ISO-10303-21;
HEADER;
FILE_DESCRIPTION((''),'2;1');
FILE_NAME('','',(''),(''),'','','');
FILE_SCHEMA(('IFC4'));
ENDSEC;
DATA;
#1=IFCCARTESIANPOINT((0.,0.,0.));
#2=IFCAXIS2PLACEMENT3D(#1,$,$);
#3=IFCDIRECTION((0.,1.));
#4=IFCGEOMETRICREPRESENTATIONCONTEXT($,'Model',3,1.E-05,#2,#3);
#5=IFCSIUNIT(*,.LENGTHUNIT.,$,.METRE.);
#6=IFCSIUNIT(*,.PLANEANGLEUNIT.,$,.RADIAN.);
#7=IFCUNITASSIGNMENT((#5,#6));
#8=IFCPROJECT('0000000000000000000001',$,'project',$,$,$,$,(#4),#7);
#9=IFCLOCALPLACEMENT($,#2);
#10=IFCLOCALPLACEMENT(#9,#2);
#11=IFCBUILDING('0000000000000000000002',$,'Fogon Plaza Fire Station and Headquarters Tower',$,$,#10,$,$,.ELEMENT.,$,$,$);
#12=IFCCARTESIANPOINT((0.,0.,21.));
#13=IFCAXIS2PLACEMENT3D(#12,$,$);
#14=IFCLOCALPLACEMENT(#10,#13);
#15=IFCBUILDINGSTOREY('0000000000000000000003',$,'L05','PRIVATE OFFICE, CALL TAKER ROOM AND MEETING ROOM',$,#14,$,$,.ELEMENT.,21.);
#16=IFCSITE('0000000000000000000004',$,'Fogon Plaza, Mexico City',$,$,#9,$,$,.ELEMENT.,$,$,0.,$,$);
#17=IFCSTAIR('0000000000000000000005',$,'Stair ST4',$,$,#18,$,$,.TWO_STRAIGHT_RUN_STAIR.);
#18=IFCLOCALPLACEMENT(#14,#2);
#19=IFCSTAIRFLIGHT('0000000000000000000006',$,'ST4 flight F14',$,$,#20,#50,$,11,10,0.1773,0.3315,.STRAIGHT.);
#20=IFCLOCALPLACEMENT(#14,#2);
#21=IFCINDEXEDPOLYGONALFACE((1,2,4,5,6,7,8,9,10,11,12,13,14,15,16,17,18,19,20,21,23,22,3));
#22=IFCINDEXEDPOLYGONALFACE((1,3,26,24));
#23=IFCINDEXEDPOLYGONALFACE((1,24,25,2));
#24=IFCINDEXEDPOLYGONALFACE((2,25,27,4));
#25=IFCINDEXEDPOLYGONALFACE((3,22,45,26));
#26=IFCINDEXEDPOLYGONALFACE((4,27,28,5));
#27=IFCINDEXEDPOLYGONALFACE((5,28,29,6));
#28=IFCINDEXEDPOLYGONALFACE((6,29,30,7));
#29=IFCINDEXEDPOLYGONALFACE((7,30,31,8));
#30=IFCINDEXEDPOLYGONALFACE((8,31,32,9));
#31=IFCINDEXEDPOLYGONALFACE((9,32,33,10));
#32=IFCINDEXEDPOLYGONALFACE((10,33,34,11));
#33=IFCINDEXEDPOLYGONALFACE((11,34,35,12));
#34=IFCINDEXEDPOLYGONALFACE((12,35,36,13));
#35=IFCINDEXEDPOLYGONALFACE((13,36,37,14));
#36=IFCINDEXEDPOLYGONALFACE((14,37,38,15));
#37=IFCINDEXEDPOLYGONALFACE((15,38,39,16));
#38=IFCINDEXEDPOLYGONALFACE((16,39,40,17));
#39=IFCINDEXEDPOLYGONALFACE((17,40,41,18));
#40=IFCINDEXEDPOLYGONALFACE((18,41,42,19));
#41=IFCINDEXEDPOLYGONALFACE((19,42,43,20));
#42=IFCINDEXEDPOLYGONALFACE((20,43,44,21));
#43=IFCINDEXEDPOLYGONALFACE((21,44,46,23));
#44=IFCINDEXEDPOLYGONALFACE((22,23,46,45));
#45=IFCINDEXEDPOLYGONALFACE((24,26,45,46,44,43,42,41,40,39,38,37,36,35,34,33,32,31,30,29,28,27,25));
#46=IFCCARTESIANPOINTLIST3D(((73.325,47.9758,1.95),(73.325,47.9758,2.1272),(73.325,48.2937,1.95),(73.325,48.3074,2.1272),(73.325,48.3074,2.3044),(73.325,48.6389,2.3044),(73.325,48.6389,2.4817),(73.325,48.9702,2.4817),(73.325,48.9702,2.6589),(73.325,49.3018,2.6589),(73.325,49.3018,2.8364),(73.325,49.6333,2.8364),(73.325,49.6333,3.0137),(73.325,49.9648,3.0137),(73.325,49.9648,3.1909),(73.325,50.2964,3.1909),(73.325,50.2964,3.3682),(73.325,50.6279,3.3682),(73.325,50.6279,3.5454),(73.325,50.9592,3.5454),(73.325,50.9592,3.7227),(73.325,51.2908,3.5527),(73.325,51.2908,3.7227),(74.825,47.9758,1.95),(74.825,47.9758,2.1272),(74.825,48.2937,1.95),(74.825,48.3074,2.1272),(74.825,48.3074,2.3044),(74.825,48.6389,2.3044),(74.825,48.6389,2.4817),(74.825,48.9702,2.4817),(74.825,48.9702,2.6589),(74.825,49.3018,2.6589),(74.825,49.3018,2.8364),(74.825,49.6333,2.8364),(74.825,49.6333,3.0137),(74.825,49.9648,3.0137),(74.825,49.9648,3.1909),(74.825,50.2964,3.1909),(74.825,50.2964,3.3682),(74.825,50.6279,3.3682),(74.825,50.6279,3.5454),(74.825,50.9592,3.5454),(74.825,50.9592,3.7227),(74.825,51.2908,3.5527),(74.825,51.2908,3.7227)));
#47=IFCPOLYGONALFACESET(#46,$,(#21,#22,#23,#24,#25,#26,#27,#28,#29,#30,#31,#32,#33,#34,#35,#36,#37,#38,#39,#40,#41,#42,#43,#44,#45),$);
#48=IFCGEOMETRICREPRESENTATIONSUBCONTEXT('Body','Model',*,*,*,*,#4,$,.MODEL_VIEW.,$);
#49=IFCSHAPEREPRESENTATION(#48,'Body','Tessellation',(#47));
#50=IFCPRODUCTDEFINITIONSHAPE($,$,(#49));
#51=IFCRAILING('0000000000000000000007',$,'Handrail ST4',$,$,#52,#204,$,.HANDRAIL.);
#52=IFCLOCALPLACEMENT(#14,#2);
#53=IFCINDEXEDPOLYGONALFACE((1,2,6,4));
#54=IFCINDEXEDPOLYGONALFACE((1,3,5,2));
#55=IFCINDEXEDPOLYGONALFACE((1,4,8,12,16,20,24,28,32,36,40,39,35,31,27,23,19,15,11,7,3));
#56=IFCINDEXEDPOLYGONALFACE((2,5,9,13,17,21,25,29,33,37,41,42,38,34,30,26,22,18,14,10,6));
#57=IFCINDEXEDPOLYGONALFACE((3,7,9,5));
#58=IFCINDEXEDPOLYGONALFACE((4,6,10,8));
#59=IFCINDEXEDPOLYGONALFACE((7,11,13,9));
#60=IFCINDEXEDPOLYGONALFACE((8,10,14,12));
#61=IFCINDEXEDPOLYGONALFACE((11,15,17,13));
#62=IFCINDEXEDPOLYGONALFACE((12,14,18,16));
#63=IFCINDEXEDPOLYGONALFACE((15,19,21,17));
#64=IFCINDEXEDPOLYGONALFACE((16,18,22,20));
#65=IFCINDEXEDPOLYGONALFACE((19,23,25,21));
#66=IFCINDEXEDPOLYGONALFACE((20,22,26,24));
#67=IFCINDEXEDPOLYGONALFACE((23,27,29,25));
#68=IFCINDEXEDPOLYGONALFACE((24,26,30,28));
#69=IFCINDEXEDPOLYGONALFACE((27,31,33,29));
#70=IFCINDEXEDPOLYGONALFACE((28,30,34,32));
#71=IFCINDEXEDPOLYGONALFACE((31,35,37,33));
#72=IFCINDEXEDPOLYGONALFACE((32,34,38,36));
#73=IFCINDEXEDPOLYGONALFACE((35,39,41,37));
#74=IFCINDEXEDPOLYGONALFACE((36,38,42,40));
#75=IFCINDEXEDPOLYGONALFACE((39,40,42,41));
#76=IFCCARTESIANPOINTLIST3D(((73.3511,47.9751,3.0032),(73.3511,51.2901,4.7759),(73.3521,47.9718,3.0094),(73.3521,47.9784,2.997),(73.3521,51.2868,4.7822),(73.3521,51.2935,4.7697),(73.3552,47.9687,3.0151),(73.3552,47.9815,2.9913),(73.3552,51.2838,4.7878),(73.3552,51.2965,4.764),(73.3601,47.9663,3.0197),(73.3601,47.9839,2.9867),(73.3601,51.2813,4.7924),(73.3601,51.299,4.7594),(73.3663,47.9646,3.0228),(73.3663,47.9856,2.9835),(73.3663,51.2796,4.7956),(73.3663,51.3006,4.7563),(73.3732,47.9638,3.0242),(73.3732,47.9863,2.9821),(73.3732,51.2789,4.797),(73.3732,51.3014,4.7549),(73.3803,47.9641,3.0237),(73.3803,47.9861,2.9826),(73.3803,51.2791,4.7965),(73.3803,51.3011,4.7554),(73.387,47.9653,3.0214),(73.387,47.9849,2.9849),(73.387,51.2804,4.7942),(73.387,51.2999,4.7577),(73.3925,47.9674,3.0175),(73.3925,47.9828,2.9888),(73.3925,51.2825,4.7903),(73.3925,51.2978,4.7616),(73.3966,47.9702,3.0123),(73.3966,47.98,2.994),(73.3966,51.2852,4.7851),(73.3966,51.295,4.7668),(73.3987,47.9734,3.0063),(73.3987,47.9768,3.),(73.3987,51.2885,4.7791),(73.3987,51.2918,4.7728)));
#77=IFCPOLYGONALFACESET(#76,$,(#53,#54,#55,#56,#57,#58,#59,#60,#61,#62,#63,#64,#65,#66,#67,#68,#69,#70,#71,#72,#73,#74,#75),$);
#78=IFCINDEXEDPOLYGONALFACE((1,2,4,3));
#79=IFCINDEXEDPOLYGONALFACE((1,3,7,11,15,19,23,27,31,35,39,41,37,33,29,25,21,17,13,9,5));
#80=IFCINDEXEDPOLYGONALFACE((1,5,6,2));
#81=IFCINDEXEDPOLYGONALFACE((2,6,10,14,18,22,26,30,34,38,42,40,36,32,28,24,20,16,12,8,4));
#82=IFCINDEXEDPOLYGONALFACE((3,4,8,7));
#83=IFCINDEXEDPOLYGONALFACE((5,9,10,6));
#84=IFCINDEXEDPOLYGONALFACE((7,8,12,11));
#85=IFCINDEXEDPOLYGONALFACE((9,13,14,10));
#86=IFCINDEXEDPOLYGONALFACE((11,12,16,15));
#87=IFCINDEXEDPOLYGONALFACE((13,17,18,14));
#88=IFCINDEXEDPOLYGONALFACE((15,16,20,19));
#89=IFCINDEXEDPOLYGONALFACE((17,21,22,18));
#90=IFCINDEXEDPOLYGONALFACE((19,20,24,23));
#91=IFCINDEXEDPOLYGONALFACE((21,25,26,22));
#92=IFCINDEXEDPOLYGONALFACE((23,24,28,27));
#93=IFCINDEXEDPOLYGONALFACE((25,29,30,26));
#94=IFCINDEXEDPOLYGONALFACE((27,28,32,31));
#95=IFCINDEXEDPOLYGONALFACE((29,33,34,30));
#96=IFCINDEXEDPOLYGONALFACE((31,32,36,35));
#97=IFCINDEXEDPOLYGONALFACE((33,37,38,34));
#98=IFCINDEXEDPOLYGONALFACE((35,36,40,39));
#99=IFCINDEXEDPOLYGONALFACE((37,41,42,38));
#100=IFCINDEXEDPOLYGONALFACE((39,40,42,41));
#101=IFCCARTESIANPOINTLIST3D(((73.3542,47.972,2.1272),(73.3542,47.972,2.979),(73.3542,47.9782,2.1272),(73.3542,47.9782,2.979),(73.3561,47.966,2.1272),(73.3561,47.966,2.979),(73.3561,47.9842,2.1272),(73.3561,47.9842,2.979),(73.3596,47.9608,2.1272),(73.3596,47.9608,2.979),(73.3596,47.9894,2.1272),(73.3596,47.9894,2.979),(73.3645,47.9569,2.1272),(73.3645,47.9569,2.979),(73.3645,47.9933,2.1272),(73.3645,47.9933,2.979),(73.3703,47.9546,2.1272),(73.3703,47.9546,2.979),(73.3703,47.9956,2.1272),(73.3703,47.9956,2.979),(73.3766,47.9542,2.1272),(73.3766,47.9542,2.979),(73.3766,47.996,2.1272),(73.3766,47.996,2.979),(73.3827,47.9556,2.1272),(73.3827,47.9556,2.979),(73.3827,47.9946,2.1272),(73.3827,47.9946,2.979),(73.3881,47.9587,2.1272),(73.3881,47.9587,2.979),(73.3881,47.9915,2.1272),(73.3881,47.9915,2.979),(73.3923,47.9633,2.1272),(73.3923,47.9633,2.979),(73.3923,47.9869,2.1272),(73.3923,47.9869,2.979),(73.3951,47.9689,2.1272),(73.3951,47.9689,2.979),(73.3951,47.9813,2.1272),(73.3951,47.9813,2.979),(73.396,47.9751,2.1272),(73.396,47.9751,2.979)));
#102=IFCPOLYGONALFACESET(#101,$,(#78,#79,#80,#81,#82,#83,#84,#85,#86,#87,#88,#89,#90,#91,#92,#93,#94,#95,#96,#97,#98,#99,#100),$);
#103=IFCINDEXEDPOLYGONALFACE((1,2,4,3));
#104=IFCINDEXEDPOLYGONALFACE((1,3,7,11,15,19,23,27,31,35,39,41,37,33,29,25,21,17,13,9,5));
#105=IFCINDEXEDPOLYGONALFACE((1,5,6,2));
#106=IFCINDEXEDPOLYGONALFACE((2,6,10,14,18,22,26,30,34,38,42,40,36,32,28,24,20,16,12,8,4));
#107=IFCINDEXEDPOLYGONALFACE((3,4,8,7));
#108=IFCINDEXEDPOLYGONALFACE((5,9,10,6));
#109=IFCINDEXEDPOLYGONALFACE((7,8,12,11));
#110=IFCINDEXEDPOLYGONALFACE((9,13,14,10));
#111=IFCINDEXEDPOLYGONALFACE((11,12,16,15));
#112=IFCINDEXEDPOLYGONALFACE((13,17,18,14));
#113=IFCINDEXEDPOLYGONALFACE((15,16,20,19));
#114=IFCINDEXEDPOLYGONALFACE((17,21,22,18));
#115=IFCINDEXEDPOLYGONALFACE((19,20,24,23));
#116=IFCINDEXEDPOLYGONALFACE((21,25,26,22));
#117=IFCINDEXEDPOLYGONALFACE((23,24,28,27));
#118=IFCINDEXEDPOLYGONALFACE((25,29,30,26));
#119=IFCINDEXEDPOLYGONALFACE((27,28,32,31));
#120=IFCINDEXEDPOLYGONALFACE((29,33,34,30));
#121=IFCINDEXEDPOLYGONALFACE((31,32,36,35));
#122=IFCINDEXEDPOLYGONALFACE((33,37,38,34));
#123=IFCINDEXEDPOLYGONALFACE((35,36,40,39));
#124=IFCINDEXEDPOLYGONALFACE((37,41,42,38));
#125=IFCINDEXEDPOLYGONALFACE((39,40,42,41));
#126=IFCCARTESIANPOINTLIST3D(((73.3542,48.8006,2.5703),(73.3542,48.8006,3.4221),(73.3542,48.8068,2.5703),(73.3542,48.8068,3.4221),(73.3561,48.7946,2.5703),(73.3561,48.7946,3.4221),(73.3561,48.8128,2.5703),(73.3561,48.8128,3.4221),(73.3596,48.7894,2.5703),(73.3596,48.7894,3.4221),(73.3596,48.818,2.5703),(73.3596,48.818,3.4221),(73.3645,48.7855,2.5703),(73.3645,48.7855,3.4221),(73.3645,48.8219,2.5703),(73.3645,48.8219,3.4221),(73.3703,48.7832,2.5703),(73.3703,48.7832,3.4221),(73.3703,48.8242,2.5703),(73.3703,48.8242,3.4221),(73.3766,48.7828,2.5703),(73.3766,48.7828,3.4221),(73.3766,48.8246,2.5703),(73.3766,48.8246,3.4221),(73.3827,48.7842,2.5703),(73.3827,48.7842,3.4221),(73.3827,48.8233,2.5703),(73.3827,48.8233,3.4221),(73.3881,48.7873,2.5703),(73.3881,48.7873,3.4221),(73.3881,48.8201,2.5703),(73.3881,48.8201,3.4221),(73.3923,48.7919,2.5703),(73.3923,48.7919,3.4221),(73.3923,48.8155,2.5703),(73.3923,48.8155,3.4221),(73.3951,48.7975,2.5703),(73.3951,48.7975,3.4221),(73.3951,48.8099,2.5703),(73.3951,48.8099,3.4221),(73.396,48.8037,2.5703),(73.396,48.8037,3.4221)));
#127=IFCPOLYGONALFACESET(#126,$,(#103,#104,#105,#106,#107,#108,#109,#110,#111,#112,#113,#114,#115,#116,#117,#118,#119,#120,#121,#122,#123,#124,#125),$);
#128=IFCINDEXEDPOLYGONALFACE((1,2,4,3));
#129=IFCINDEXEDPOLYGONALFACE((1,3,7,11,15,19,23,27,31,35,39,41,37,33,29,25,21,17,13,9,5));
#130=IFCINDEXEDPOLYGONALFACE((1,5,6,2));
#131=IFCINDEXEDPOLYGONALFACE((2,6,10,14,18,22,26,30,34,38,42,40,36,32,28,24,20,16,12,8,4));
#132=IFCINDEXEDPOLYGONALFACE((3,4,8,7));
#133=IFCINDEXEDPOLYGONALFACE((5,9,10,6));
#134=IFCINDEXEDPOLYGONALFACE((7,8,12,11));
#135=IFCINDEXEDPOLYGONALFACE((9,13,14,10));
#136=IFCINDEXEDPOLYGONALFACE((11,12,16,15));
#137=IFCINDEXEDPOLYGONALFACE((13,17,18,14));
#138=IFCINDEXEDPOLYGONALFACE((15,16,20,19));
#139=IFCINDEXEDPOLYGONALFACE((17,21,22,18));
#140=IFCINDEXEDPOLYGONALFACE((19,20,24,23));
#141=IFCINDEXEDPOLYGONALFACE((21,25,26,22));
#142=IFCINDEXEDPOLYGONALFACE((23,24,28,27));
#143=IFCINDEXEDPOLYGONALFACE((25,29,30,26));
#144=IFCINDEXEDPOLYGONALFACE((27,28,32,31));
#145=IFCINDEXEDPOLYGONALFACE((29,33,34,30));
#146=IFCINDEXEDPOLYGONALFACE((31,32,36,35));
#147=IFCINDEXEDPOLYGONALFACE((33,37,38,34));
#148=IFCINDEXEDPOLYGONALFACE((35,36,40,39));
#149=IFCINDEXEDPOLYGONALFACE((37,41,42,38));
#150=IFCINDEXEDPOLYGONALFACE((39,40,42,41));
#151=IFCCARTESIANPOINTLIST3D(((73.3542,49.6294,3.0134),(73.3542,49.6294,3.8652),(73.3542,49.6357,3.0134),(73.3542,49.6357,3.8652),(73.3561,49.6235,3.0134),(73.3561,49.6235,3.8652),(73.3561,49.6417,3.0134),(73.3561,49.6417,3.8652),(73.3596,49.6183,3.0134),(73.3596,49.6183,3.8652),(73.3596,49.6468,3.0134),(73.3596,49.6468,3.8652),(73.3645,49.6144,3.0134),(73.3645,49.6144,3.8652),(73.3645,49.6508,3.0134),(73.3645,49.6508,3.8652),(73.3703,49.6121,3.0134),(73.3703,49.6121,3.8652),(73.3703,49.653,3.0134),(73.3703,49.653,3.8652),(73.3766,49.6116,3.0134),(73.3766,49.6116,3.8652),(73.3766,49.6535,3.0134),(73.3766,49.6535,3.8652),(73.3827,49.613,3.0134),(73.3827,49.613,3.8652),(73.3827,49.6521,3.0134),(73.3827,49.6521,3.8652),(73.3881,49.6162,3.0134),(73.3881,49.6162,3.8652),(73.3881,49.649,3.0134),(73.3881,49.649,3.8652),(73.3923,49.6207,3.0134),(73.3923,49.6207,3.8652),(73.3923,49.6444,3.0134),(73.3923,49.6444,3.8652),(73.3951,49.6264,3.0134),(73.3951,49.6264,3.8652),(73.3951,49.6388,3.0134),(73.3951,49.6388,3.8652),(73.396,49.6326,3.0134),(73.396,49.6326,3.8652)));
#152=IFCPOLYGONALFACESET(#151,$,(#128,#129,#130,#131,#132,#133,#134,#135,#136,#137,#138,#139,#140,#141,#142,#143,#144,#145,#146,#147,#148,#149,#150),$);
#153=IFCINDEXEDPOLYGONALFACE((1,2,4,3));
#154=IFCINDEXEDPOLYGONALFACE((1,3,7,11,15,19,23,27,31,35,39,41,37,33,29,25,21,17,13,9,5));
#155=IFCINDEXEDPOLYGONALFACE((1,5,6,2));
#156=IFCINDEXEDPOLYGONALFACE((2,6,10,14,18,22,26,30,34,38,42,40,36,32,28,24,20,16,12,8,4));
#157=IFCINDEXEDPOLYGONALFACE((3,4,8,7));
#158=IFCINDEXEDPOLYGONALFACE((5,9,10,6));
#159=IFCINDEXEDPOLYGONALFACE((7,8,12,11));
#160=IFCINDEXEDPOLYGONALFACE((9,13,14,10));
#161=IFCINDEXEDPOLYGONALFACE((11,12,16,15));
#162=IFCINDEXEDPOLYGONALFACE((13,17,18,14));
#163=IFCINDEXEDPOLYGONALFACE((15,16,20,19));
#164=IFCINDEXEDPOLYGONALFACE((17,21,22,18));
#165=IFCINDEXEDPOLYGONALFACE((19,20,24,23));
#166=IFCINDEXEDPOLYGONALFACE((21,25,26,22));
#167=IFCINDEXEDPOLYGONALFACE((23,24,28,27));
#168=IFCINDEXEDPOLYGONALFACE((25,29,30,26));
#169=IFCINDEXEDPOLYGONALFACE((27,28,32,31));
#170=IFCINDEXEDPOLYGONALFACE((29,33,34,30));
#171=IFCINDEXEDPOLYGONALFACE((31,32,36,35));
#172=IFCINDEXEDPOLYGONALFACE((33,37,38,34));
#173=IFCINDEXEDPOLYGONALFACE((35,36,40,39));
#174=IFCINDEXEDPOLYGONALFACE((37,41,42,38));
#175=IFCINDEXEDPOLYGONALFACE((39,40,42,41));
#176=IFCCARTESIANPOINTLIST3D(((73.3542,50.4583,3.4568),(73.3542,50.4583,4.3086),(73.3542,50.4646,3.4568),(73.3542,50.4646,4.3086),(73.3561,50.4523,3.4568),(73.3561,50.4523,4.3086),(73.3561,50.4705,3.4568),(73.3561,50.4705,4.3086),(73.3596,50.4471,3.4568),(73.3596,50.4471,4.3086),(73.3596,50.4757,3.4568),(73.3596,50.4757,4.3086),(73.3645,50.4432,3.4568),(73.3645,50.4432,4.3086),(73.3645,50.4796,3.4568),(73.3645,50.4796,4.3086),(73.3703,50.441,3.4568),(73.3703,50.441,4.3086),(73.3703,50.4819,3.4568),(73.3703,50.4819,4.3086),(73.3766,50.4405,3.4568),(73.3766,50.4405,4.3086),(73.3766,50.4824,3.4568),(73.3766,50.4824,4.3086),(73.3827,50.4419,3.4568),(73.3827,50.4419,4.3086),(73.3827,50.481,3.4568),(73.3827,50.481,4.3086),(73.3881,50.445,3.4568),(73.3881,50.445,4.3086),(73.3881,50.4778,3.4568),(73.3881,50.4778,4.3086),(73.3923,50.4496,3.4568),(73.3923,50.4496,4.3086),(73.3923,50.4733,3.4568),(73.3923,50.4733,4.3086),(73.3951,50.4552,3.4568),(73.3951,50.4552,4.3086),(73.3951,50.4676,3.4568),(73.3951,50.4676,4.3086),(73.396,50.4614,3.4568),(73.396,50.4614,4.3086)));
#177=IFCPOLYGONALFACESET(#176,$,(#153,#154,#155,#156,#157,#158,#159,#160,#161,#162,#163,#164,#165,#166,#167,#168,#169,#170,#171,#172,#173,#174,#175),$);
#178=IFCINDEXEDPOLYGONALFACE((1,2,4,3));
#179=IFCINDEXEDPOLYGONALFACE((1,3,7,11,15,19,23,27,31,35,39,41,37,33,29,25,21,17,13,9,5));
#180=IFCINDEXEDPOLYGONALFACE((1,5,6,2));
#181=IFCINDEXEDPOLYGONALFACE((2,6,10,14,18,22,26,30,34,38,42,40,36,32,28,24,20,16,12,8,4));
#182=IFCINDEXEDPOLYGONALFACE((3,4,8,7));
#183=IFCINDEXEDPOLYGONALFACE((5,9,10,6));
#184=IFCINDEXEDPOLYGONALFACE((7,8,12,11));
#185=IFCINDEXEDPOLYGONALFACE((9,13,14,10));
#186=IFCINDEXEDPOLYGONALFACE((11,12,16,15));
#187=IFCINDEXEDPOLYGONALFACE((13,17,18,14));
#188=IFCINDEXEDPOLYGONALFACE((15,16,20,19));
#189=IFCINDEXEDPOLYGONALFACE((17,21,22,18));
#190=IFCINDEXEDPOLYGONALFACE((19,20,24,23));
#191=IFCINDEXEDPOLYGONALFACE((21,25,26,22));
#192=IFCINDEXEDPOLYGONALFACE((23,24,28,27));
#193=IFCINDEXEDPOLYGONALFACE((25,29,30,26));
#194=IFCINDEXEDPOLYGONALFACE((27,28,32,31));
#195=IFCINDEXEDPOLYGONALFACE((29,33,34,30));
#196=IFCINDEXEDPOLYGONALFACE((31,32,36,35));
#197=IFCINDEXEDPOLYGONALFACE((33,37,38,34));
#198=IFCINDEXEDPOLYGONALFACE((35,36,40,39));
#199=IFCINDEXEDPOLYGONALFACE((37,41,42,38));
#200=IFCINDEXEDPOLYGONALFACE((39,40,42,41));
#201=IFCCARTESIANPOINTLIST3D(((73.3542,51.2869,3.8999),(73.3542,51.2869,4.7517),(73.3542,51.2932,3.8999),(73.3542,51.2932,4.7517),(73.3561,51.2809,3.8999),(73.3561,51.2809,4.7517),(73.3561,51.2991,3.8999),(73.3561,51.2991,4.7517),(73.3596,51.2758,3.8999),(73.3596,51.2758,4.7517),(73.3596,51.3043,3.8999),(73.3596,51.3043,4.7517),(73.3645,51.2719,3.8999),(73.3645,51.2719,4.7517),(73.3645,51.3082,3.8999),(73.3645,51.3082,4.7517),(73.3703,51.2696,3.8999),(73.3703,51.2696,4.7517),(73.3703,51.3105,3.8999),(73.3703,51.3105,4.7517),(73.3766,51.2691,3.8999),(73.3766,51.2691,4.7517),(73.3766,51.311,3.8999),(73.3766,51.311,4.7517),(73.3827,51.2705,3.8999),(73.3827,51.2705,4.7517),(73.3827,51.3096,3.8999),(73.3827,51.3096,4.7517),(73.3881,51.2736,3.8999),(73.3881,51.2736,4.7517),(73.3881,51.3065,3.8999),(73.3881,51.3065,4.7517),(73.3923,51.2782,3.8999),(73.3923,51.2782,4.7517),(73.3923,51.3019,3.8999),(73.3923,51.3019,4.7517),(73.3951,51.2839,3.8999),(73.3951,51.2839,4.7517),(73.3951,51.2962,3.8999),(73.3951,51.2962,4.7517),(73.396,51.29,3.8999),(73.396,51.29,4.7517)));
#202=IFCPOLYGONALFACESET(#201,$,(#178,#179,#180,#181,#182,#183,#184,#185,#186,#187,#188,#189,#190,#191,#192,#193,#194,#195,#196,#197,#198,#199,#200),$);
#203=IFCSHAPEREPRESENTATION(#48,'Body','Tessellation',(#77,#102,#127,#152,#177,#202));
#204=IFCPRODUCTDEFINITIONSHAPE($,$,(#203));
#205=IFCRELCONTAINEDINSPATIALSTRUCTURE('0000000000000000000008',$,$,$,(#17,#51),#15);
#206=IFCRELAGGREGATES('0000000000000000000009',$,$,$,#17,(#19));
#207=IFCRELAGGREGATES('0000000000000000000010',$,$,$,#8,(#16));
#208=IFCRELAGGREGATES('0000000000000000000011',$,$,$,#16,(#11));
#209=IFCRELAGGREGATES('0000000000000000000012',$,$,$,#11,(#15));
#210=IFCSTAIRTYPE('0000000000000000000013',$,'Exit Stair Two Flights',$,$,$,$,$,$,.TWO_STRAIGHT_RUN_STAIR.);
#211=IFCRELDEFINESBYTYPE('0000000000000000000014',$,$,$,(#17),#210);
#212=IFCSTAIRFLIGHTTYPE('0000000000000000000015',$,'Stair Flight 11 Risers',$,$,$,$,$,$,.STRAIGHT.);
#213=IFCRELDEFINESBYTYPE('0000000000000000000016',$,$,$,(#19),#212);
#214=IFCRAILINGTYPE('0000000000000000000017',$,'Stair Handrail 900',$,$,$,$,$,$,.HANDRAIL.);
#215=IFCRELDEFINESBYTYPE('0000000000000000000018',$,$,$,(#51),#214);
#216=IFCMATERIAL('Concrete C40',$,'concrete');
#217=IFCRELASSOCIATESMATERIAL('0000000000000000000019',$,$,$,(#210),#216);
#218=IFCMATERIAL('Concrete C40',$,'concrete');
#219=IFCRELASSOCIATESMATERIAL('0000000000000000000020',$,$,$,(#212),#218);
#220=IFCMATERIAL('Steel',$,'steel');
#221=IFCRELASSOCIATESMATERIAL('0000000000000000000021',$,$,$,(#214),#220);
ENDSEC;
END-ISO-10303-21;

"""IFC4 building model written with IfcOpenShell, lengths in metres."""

from ifc_helpers import new_model, si_unit, direction, frame, origin, origin_2d, place, context, subcontext, project, spatial, polyline, circle, outline, extrude, material, type_object, element, aggregate, save


model = new_model("IFC4")

# Units and contexts
model_context = context("Model", 3, precision=1e-05, world=origin(), true_north=direction((0.0, 1.0)))
body_context = subcontext(model_context, "Body", "Model", "MODEL_VIEW")
ifc_project = project(units=[si_unit("LENGTHUNIT", "METRE"), si_unit("PLANEANGLEUNIT", "RADIAN")], contexts=[model_context])

# Site, building, storey
site_placement = place(None, origin())
site = spatial("IfcSite", under=ifc_project, at=site_placement, Name="Fogon Plaza, Mexico City", CompositionType="ELEMENT", RefElevation=0.0)
building_placement = place(site_placement, origin())
building = spatial("IfcBuilding", under=site, at=building_placement, Name="Fogon Plaza Fire Station and Headquarters Tower", CompositionType="ELEMENT")
storey_placement = place(building_placement, frame((0.0, 0.0, 21.0)))
storey = spatial("IfcBuildingStorey", under=building, at=storey_placement, Name="L05", Description="PRIVATE OFFICE, CALL TAKER ROOM AND MEETING ROOM", CompositionType="ELEMENT", Elevation=21.0)

# Stair, stair flight
ifc_material_1 = material(Name="Concrete C40", Category="concrete")
stair_type = type_object("IfcStairType", Name="Exit Stair Two Flights", PredefinedType="TWO_STRAIGHT_RUN_STAIR", material=ifc_material_1)
stair_placement = place(storey_placement, origin())
stair = element("IfcStair", 1, at=stair_placement, inside=storey, type_object=stair_type, Name="Stair ST4", PredefinedType="TWO_STRAIGHT_RUN_STAIR")
ifc_material_2 = material(Name="Concrete C40", Category="concrete")
stair_flight_type = type_object("IfcStairFlightType", Name="Stair Flight 11 Risers", PredefinedType="STRAIGHT", material=ifc_material_2)
stair_flight_placement = place(storey_placement, frame((74.075, 47.9758, 1.95), z_axis=(0.0, 0.0, 1.0), x_axis=(0.0, 1.0, 0.0)))
stair_flight = element("IfcStairFlight", 2, at=stair_flight_placement, type_object=stair_flight_type, Name="ST4 flight F14", NumberOfRisers=11, NumberOfTreads=10, PredefinedType="STRAIGHT", RiserHeight=0.1773, TreadLength=0.3315, context=body_context, shape_type="SweptSolid", body=[
    extrude(outline(polyline([(0.0, 0.0), (0.0, 0.1772), (0.3315, 0.1772), (0.3315, 0.3545), (0.6631, 0.3545), (0.6631, 0.5317), (0.9944, 0.5317), (0.9944, 0.709), (1.3259, 0.709), (1.3259, 0.8865), (1.6575, 0.8865), (1.6575, 1.0637), (1.989, 1.0637), (1.989, 1.241), (2.3206, 1.241), (2.3206, 1.4182), (2.6521, 1.4182), (2.6521, 1.5955), (2.9834, 1.5955), (2.9834, 1.7727), (3.3149, 1.7727), (3.3149, 1.95), (3.3149, 1.6028), (0.3179, 0.0), (0.0, 0.0)])), frame((0.0, 0.75, 0.0), z_axis=(0.0, -1.0, 0.0), x_axis=(1.0, 0.0, 0.0)), (0.0, 0.0, 1.0), 1.5),
])
aggregate(stair, [stair_flight])

# Railing
ifc_material_3 = material(Name="Steel", Category="steel")
railing_type = type_object("IfcRailingType", Name="Stair Handrail 900", PredefinedType="HANDRAIL", material=ifc_material_3)
for number, where, name in (
    (3, (73.375, 47.9751, 2.1272), "Handrail ST4"),
):
    element("IfcRailing", number, at=place(storey_placement, frame(where)), inside=storey, type_object=railing_type, Name=name, PredefinedType="HANDRAIL", context=body_context, shape_type="SweptSolid", body=[
        extrude(circle(Radius=0.0239, at=origin_2d()), frame((0.0, 0.0, 0.876), z_axis=(0.0, 0.881829, 0.471569), x_axis=(-1.0, 0.0, 0.0)), (0.0, 0.0, 1.0), 3.7593),
        extrude(circle(Radius=0.021, at=origin_2d()), origin(), (0.0, 0.0, 1.0), 0.8518),
        extrude(circle(Radius=0.021, at=origin_2d()), frame((0.0, 0.8286, 0.4431)), (0.0, 0.0, 1.0), 0.8518),
        extrude(circle(Radius=0.021, at=origin_2d()), frame((0.0, 1.6575, 0.8862)), (0.0, 0.0, 1.0), 0.8518),
        extrude(circle(Radius=0.021, at=origin_2d()), frame((0.0, 2.4863, 1.3296)), (0.0, 0.0, 1.0), 0.8518),
        extrude(circle(Radius=0.021, at=origin_2d()), frame((0.0, 3.3149, 1.7727)), (0.0, 0.0, 1.0), 0.8518),
    ])

save(model, "model.ifc")
